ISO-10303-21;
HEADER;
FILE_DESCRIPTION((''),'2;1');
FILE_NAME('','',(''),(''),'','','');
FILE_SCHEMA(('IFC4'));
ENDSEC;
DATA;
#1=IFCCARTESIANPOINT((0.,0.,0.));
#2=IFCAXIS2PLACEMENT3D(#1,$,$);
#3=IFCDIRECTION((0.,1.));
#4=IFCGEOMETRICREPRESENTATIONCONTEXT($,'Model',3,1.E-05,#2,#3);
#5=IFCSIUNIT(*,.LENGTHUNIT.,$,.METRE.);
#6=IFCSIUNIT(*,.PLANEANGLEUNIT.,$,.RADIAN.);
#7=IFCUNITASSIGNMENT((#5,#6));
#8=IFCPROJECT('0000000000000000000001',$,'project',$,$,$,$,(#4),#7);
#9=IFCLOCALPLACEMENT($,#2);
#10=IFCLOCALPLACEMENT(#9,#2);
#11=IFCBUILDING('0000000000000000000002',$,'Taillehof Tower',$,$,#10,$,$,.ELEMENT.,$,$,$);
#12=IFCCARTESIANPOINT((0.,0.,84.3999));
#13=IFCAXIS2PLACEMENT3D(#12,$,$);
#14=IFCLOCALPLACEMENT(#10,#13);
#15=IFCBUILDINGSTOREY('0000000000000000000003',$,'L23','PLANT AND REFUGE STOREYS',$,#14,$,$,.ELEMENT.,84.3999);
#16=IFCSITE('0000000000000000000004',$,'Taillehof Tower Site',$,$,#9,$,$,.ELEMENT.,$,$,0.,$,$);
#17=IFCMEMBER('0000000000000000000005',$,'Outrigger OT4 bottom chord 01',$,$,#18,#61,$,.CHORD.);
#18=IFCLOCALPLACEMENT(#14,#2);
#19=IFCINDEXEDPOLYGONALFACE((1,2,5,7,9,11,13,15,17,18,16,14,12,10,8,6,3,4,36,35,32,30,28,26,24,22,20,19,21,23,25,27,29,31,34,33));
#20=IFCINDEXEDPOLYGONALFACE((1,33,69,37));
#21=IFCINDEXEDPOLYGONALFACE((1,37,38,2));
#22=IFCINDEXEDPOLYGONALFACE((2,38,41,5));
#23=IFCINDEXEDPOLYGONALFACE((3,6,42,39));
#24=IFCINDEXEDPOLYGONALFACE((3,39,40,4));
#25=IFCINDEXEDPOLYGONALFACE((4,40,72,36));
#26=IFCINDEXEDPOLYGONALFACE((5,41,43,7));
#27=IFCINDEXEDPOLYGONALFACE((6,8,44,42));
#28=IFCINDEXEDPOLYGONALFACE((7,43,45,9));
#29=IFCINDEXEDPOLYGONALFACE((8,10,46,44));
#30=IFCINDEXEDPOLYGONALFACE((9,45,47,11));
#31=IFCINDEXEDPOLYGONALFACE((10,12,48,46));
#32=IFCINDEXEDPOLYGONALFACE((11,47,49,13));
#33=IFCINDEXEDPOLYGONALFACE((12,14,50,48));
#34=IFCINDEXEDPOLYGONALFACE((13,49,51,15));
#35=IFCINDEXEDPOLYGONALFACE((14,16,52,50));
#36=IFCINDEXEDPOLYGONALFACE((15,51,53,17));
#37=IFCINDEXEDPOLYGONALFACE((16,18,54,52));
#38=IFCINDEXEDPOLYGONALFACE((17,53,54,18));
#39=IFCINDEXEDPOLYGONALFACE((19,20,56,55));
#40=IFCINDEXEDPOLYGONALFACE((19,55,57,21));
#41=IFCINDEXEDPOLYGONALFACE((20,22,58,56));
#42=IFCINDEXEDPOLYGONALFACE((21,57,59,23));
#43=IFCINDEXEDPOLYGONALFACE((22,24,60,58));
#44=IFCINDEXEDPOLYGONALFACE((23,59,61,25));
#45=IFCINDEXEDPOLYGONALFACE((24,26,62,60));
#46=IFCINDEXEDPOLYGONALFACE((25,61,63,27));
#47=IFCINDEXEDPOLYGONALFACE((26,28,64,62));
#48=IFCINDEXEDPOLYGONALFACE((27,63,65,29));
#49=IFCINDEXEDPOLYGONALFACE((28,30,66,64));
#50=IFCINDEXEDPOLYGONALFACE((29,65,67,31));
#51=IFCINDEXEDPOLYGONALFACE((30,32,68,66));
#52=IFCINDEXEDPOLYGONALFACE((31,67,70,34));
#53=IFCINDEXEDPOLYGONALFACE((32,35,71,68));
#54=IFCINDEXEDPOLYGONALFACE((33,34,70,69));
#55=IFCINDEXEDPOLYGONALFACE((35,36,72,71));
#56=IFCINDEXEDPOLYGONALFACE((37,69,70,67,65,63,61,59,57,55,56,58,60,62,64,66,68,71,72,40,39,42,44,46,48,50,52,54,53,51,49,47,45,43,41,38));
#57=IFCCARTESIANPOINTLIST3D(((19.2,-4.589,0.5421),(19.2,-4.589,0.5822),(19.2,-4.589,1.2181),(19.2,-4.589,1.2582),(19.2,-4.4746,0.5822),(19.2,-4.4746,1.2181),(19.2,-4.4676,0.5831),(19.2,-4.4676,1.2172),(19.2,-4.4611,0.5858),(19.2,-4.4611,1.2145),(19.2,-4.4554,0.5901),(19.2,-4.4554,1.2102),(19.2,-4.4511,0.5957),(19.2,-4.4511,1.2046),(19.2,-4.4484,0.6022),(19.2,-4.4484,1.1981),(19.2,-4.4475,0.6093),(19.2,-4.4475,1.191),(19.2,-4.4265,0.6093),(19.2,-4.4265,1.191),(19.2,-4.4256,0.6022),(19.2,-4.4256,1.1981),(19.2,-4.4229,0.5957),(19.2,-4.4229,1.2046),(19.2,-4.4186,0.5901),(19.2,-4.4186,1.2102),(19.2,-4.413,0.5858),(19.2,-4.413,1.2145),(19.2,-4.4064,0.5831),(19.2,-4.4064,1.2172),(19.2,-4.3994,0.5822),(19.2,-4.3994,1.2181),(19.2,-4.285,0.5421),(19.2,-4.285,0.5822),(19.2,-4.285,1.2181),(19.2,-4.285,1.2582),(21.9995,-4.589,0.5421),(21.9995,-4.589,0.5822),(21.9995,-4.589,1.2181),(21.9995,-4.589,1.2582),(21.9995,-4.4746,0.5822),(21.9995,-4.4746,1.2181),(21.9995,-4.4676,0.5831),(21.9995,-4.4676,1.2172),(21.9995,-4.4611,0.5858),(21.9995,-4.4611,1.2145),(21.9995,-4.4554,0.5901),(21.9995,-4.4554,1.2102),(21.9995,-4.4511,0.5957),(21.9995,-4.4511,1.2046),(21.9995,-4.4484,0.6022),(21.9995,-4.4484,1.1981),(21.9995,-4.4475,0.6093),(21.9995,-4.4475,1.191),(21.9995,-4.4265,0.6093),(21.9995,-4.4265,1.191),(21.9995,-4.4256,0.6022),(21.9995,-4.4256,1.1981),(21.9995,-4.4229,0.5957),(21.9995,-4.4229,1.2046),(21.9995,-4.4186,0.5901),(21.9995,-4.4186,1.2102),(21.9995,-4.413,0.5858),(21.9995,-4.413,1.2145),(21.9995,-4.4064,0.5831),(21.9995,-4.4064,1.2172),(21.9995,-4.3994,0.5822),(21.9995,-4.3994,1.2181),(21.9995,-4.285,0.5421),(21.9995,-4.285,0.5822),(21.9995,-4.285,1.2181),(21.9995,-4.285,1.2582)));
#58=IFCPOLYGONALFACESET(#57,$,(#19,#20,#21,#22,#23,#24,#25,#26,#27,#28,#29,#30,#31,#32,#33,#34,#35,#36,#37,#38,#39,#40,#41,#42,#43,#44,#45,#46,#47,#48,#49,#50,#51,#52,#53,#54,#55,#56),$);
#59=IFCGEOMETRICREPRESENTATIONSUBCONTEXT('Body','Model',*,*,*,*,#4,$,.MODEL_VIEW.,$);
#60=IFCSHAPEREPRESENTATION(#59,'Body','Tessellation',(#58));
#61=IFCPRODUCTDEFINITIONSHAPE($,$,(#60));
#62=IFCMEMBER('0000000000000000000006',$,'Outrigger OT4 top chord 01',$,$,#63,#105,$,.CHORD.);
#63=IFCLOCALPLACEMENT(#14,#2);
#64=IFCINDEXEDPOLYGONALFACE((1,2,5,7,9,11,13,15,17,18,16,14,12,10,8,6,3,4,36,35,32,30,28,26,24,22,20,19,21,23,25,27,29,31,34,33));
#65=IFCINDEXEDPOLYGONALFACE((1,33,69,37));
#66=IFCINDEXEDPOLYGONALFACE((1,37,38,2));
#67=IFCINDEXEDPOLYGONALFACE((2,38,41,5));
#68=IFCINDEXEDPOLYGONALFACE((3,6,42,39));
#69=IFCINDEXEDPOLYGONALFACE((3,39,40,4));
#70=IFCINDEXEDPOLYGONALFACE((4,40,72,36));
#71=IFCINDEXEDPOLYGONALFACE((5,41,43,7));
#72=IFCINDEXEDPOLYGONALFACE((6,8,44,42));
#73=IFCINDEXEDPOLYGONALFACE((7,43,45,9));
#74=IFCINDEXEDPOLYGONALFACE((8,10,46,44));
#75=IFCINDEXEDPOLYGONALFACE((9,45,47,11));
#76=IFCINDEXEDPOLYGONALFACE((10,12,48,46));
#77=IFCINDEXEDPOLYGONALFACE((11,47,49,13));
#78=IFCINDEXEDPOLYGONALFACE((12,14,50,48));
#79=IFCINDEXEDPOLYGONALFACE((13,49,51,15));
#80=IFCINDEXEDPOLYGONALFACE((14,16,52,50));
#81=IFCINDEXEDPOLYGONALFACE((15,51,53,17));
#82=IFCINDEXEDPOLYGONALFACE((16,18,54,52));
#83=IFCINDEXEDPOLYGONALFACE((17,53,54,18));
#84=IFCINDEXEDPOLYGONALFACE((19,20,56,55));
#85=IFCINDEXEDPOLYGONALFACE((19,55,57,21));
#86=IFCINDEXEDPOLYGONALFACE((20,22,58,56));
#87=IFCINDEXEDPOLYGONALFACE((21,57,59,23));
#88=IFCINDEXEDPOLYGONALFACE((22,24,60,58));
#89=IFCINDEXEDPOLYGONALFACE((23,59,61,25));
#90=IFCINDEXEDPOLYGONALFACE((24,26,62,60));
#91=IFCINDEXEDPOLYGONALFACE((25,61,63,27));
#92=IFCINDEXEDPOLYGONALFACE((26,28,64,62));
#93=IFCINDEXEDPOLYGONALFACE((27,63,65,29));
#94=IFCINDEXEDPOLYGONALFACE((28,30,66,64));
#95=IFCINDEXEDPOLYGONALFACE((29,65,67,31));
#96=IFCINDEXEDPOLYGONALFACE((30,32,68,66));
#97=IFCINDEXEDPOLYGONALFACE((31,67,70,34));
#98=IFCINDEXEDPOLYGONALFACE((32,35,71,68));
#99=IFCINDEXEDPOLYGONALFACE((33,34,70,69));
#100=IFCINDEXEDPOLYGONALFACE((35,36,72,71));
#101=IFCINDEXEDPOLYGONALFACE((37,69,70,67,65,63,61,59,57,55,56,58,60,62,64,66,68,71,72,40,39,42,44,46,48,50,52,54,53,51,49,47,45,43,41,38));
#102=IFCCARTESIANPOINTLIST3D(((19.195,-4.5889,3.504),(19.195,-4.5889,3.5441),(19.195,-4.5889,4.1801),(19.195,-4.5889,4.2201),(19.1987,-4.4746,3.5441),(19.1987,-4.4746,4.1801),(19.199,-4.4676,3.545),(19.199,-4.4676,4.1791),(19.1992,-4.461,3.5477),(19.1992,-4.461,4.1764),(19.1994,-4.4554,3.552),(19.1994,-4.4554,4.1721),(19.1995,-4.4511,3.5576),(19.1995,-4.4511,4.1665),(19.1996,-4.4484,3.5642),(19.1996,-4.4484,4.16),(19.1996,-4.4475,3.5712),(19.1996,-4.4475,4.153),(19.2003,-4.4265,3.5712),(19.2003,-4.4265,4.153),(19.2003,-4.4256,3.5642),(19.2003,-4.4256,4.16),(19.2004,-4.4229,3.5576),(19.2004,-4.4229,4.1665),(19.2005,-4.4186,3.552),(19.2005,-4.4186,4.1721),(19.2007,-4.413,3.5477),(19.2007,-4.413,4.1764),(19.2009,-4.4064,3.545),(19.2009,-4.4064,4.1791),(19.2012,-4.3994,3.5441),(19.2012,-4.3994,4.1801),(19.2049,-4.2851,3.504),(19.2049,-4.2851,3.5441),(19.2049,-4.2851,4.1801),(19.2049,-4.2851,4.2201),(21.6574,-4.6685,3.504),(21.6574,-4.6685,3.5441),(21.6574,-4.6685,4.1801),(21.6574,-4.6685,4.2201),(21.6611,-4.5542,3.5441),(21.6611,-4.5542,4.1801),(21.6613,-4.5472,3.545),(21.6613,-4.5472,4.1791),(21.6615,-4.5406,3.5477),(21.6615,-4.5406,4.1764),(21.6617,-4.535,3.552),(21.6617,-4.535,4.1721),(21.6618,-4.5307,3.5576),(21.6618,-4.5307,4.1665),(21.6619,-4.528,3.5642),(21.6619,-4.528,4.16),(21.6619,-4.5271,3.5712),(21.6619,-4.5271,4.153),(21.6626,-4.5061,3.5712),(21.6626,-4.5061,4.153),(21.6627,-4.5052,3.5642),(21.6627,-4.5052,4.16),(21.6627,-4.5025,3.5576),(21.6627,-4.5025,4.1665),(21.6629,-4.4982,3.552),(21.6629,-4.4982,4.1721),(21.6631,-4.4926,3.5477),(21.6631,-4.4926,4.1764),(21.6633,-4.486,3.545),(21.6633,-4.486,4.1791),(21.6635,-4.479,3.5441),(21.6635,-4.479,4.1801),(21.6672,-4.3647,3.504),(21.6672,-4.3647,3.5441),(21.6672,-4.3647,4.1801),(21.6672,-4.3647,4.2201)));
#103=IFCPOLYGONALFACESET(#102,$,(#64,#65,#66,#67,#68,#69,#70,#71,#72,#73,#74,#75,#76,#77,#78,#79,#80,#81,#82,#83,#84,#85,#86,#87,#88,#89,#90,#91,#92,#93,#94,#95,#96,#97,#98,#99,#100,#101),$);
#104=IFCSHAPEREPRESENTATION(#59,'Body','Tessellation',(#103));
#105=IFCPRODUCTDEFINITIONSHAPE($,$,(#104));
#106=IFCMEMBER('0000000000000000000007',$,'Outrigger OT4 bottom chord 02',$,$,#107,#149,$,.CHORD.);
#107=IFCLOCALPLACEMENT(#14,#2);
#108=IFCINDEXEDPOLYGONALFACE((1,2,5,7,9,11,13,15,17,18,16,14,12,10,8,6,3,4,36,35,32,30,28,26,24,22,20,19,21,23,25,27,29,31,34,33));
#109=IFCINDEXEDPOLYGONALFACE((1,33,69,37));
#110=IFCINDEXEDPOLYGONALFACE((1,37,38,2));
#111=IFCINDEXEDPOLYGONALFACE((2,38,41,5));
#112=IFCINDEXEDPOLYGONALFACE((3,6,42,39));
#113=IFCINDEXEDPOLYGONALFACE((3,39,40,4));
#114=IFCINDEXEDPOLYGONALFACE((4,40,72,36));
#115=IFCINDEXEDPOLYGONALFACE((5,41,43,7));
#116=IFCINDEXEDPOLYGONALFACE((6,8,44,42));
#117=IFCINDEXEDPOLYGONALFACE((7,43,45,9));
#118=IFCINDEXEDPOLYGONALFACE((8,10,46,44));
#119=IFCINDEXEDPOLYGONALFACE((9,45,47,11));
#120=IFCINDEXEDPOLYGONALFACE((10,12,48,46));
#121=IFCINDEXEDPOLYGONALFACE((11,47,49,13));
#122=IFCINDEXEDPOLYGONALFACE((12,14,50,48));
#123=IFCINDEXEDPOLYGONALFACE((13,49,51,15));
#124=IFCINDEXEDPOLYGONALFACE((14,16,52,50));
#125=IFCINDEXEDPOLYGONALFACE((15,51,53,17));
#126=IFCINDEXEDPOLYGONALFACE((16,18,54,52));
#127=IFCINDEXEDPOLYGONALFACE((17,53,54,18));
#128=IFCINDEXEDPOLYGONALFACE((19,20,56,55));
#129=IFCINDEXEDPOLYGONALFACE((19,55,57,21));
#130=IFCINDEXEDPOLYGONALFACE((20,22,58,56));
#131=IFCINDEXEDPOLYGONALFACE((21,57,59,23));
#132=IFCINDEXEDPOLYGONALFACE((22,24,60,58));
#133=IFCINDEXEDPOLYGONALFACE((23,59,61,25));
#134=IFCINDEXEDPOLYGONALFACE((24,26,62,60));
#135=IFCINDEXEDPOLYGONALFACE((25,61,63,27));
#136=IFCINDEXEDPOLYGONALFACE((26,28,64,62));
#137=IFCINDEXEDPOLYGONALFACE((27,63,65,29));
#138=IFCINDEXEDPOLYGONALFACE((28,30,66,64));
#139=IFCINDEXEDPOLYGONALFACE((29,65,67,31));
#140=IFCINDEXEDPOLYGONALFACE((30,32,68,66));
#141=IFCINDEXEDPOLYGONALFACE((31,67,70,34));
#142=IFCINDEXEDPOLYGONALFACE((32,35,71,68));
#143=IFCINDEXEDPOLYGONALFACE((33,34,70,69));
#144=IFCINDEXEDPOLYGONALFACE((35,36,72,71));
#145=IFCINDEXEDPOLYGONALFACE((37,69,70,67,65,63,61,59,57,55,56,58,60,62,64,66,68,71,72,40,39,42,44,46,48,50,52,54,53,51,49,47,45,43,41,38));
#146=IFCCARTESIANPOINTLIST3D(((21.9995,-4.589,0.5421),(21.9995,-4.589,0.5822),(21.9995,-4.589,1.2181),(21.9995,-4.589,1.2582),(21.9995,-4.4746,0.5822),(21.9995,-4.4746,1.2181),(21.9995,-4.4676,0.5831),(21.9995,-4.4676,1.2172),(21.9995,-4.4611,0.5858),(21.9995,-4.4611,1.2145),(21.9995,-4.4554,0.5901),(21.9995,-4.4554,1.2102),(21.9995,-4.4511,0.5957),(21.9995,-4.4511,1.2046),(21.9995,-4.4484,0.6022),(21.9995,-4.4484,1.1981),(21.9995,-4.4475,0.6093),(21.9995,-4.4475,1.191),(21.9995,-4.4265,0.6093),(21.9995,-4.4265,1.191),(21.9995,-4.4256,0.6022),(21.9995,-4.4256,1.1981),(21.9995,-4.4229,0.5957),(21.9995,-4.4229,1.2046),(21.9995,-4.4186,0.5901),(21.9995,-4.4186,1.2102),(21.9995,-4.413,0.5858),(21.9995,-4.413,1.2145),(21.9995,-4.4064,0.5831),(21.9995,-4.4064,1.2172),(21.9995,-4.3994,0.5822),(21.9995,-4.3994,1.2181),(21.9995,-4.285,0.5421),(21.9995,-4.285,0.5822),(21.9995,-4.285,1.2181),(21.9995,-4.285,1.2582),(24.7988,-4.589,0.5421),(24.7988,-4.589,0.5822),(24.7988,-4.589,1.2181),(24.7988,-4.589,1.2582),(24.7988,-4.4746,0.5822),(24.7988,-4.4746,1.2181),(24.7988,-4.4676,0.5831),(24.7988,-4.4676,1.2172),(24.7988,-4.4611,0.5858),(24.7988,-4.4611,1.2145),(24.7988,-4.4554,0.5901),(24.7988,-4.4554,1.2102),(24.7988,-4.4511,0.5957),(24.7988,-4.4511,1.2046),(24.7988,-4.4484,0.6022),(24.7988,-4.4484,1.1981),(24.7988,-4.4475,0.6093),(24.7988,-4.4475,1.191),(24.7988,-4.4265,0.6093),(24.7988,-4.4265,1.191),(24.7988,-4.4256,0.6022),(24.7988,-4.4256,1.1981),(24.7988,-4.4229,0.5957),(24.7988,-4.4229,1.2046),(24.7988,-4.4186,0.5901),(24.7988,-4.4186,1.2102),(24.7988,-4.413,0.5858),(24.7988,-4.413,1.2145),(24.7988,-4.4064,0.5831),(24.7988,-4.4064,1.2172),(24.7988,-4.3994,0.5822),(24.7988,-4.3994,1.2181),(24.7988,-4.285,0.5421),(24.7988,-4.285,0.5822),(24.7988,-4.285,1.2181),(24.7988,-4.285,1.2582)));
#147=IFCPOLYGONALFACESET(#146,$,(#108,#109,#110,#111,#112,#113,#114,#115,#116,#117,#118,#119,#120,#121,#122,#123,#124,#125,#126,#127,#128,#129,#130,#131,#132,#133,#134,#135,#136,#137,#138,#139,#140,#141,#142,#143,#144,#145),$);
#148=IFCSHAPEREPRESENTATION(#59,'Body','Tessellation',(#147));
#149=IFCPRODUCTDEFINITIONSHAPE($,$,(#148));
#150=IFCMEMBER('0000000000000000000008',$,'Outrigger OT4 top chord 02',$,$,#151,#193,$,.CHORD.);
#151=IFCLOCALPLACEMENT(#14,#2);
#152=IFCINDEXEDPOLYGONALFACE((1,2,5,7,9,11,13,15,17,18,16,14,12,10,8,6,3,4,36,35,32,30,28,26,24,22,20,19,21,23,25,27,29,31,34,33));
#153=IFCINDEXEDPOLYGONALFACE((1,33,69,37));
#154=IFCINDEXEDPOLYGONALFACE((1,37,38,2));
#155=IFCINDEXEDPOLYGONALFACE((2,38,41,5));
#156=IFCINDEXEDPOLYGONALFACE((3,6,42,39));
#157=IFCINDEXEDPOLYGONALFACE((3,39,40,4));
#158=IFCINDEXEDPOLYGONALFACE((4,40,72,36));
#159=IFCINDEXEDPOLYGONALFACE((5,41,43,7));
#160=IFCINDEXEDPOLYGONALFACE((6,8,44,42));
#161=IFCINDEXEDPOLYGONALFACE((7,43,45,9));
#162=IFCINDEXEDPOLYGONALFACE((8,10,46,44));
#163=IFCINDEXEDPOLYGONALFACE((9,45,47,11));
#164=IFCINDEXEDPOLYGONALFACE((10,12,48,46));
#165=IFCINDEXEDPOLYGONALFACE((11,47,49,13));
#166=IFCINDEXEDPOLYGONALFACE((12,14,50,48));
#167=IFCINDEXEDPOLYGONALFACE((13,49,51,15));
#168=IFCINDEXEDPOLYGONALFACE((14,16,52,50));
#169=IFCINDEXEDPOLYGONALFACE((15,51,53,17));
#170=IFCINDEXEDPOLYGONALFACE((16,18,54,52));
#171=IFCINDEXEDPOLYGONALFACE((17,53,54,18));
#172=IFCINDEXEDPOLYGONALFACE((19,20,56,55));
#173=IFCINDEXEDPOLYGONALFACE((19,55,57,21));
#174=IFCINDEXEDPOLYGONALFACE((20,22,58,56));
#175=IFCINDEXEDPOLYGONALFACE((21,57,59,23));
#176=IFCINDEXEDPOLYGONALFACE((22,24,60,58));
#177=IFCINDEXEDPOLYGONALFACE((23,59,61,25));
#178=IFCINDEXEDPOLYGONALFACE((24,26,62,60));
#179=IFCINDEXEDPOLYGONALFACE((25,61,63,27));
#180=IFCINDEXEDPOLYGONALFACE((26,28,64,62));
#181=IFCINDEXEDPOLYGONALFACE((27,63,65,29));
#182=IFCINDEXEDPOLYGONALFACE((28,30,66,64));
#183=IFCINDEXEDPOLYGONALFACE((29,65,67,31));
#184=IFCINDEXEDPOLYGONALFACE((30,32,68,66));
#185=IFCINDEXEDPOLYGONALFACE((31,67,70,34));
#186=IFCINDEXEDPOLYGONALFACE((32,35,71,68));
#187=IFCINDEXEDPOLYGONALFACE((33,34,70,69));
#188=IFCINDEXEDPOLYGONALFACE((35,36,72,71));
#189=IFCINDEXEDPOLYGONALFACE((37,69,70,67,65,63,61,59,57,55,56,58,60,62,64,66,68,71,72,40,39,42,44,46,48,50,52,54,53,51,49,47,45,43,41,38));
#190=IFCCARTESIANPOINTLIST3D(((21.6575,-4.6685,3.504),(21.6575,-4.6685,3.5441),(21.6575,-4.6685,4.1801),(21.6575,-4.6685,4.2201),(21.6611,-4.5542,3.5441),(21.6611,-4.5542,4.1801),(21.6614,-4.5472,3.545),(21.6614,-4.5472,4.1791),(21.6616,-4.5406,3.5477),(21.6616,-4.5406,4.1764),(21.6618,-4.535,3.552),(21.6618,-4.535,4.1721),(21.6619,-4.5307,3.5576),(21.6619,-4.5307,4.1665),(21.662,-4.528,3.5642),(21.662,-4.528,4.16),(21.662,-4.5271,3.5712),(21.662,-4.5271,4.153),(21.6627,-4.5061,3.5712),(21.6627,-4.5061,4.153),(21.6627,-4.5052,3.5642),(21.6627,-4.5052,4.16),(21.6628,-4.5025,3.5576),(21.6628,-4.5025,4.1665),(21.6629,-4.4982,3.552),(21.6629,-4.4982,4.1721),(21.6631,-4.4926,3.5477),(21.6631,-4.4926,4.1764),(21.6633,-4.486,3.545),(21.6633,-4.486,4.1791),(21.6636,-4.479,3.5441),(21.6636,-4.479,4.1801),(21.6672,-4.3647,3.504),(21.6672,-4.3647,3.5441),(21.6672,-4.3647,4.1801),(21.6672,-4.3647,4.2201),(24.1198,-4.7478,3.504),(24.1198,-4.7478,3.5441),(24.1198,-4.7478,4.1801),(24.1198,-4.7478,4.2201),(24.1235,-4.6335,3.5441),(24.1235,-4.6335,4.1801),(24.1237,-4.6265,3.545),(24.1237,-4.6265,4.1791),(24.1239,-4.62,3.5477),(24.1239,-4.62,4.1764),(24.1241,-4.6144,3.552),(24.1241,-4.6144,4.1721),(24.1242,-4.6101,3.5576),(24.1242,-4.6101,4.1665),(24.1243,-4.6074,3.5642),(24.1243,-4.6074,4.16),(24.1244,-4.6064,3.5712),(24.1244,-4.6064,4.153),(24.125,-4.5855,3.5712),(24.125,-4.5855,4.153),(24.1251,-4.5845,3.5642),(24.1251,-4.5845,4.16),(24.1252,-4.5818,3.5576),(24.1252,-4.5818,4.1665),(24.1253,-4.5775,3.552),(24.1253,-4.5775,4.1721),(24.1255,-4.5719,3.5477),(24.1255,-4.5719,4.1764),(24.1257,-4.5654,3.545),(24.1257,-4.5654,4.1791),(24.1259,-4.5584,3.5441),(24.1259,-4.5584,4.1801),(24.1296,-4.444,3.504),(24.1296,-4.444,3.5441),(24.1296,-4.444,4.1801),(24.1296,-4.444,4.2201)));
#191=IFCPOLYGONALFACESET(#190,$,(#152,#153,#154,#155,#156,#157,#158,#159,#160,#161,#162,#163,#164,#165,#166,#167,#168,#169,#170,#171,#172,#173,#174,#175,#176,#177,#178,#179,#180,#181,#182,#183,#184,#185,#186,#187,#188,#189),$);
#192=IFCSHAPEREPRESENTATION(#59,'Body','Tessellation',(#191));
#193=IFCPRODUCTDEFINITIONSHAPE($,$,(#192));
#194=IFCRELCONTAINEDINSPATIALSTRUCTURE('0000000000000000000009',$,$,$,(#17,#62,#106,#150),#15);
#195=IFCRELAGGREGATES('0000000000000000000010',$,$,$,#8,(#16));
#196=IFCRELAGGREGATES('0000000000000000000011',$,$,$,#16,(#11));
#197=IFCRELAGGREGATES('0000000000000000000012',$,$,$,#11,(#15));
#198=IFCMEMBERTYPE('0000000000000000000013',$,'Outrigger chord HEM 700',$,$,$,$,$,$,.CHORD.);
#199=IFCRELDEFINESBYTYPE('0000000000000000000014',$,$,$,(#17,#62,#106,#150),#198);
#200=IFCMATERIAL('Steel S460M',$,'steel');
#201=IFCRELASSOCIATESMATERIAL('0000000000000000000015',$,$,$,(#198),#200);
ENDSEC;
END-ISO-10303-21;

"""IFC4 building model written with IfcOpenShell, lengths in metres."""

from ifc_helpers import new_model, si_unit, direction, frame, origin, origin_2d, place, context, subcontext, project, spatial, i_section, extrude, material, material_profile, profile_set, type_object, element, save


model = new_model("IFC4")

# Units and contexts
model_context = context("Model", 3, precision=1e-05, world=origin(), true_north=direction((0.0, 1.0)))
body_context = subcontext(model_context, "Body", "Model", "MODEL_VIEW")
ifc_project = project(units=[si_unit("LENGTHUNIT", "METRE"), si_unit("PLANEANGLEUNIT", "RADIAN")], contexts=[model_context])

# Site, building, storey
site_placement = place(None, origin())
site = spatial("IfcSite", under=ifc_project, at=site_placement, Name="Taillehof Tower Site", CompositionType="ELEMENT", RefElevation=0.0)
building_placement = place(site_placement, origin())
building = spatial("IfcBuilding", under=site, at=building_placement, Name="Taillehof Tower", CompositionType="ELEMENT")
storey_placement = place(building_placement, frame((0.0, 0.0, 84.3999)))
storey = spatial("IfcBuildingStorey", under=building, at=storey_placement, Name="L23", Description="PLANT AND REFUGE STOREYS", CompositionType="ELEMENT", Elevation=84.3999)

# Members
ifc_material_1 = material(Name="Steel S460M", Category="steel")
ifc_material_profile_1 = material_profile(ifc_material_1, i_section(OverallWidth=0.304, OverallDepth=0.7161, WebThickness=0.021, FlangeThickness=0.04, FilletRadius=0.0271, at=origin_2d()), Name="HEM 700")
ifc_profile_set_1 = profile_set([ifc_material_profile_1], Name="Steel S460M")
member_type_1 = type_object("IfcMemberType", Name="Outrigger chord HEM 700", PredefinedType="CHORD", material=ifc_profile_set_1)
member_1_placement = place(storey_placement, frame((19.2, -4.437, 0.9001), z_axis=(1.0, 0.0, 0.0), x_axis=(0.0, 1.0, 0.0)))
element("IfcMember", 1, at=member_1_placement, inside=storey, type_object=member_type_1, Name="Outrigger OT4 bottom chord 01", PredefinedType="CHORD", context=body_context, shape_type="SweptSolid", body=[
    extrude(i_section(OverallWidth=0.304, OverallDepth=0.7161, WebThickness=0.021, FlangeThickness=0.04, FilletRadius=0.0271, at=origin_2d()), origin(), (0.0, 0.0, 1.0), 2.7996),
])
member_2_placement = place(storey_placement, frame((19.2, -4.437, 3.8621), z_axis=(0.999478, -0.032305, 0.0), x_axis=(0.032305, 0.999478, 0.0)))
element("IfcMember", 2, at=member_2_placement, inside=storey, type_object=member_type_1, Name="Outrigger OT4 top chord 01", PredefinedType="CHORD", context=body_context, shape_type="SweptSolid", body=[
    extrude(i_section(OverallWidth=0.304, OverallDepth=0.7161, WebThickness=0.021, FlangeThickness=0.04, FilletRadius=0.0271, at=origin_2d()), origin(), (0.0, 0.0, 1.0), 2.4636),
])
member_3_placement = place(storey_placement, frame((21.9995, -4.437, 0.9001), z_axis=(1.0, 0.0, 0.0), x_axis=(0.0, 1.0, 0.0)))
element("IfcMember", 3, at=member_3_placement, inside=storey, type_object=member_type_1, Name="Outrigger OT4 bottom chord 02", PredefinedType="CHORD", context=body_context, shape_type="SweptSolid", body=[
    extrude(i_section(OverallWidth=0.304, OverallDepth=0.7161, WebThickness=0.021, FlangeThickness=0.04, FilletRadius=0.0271, at=origin_2d()), origin(), (0.0, 0.0, 1.0), 2.7993),
])
member_4_placement = place(storey_placement, frame((21.6624, -4.5166, 3.8621), z_axis=(0.999481, -0.032206, 0.0), x_axis=(0.032206, 0.999481, 0.0)))
element("IfcMember", 4, at=member_4_placement, inside=storey, type_object=member_type_1, Name="Outrigger OT4 top chord 02", PredefinedType="CHORD", context=body_context, shape_type="SweptSolid", body=[
    extrude(i_section(OverallWidth=0.304, OverallDepth=0.7161, WebThickness=0.021, FlangeThickness=0.04, FilletRadius=0.0271, at=origin_2d()), origin(), (0.0, 0.0, 1.0), 2.4636),
])

save(model, "model.ifc")
